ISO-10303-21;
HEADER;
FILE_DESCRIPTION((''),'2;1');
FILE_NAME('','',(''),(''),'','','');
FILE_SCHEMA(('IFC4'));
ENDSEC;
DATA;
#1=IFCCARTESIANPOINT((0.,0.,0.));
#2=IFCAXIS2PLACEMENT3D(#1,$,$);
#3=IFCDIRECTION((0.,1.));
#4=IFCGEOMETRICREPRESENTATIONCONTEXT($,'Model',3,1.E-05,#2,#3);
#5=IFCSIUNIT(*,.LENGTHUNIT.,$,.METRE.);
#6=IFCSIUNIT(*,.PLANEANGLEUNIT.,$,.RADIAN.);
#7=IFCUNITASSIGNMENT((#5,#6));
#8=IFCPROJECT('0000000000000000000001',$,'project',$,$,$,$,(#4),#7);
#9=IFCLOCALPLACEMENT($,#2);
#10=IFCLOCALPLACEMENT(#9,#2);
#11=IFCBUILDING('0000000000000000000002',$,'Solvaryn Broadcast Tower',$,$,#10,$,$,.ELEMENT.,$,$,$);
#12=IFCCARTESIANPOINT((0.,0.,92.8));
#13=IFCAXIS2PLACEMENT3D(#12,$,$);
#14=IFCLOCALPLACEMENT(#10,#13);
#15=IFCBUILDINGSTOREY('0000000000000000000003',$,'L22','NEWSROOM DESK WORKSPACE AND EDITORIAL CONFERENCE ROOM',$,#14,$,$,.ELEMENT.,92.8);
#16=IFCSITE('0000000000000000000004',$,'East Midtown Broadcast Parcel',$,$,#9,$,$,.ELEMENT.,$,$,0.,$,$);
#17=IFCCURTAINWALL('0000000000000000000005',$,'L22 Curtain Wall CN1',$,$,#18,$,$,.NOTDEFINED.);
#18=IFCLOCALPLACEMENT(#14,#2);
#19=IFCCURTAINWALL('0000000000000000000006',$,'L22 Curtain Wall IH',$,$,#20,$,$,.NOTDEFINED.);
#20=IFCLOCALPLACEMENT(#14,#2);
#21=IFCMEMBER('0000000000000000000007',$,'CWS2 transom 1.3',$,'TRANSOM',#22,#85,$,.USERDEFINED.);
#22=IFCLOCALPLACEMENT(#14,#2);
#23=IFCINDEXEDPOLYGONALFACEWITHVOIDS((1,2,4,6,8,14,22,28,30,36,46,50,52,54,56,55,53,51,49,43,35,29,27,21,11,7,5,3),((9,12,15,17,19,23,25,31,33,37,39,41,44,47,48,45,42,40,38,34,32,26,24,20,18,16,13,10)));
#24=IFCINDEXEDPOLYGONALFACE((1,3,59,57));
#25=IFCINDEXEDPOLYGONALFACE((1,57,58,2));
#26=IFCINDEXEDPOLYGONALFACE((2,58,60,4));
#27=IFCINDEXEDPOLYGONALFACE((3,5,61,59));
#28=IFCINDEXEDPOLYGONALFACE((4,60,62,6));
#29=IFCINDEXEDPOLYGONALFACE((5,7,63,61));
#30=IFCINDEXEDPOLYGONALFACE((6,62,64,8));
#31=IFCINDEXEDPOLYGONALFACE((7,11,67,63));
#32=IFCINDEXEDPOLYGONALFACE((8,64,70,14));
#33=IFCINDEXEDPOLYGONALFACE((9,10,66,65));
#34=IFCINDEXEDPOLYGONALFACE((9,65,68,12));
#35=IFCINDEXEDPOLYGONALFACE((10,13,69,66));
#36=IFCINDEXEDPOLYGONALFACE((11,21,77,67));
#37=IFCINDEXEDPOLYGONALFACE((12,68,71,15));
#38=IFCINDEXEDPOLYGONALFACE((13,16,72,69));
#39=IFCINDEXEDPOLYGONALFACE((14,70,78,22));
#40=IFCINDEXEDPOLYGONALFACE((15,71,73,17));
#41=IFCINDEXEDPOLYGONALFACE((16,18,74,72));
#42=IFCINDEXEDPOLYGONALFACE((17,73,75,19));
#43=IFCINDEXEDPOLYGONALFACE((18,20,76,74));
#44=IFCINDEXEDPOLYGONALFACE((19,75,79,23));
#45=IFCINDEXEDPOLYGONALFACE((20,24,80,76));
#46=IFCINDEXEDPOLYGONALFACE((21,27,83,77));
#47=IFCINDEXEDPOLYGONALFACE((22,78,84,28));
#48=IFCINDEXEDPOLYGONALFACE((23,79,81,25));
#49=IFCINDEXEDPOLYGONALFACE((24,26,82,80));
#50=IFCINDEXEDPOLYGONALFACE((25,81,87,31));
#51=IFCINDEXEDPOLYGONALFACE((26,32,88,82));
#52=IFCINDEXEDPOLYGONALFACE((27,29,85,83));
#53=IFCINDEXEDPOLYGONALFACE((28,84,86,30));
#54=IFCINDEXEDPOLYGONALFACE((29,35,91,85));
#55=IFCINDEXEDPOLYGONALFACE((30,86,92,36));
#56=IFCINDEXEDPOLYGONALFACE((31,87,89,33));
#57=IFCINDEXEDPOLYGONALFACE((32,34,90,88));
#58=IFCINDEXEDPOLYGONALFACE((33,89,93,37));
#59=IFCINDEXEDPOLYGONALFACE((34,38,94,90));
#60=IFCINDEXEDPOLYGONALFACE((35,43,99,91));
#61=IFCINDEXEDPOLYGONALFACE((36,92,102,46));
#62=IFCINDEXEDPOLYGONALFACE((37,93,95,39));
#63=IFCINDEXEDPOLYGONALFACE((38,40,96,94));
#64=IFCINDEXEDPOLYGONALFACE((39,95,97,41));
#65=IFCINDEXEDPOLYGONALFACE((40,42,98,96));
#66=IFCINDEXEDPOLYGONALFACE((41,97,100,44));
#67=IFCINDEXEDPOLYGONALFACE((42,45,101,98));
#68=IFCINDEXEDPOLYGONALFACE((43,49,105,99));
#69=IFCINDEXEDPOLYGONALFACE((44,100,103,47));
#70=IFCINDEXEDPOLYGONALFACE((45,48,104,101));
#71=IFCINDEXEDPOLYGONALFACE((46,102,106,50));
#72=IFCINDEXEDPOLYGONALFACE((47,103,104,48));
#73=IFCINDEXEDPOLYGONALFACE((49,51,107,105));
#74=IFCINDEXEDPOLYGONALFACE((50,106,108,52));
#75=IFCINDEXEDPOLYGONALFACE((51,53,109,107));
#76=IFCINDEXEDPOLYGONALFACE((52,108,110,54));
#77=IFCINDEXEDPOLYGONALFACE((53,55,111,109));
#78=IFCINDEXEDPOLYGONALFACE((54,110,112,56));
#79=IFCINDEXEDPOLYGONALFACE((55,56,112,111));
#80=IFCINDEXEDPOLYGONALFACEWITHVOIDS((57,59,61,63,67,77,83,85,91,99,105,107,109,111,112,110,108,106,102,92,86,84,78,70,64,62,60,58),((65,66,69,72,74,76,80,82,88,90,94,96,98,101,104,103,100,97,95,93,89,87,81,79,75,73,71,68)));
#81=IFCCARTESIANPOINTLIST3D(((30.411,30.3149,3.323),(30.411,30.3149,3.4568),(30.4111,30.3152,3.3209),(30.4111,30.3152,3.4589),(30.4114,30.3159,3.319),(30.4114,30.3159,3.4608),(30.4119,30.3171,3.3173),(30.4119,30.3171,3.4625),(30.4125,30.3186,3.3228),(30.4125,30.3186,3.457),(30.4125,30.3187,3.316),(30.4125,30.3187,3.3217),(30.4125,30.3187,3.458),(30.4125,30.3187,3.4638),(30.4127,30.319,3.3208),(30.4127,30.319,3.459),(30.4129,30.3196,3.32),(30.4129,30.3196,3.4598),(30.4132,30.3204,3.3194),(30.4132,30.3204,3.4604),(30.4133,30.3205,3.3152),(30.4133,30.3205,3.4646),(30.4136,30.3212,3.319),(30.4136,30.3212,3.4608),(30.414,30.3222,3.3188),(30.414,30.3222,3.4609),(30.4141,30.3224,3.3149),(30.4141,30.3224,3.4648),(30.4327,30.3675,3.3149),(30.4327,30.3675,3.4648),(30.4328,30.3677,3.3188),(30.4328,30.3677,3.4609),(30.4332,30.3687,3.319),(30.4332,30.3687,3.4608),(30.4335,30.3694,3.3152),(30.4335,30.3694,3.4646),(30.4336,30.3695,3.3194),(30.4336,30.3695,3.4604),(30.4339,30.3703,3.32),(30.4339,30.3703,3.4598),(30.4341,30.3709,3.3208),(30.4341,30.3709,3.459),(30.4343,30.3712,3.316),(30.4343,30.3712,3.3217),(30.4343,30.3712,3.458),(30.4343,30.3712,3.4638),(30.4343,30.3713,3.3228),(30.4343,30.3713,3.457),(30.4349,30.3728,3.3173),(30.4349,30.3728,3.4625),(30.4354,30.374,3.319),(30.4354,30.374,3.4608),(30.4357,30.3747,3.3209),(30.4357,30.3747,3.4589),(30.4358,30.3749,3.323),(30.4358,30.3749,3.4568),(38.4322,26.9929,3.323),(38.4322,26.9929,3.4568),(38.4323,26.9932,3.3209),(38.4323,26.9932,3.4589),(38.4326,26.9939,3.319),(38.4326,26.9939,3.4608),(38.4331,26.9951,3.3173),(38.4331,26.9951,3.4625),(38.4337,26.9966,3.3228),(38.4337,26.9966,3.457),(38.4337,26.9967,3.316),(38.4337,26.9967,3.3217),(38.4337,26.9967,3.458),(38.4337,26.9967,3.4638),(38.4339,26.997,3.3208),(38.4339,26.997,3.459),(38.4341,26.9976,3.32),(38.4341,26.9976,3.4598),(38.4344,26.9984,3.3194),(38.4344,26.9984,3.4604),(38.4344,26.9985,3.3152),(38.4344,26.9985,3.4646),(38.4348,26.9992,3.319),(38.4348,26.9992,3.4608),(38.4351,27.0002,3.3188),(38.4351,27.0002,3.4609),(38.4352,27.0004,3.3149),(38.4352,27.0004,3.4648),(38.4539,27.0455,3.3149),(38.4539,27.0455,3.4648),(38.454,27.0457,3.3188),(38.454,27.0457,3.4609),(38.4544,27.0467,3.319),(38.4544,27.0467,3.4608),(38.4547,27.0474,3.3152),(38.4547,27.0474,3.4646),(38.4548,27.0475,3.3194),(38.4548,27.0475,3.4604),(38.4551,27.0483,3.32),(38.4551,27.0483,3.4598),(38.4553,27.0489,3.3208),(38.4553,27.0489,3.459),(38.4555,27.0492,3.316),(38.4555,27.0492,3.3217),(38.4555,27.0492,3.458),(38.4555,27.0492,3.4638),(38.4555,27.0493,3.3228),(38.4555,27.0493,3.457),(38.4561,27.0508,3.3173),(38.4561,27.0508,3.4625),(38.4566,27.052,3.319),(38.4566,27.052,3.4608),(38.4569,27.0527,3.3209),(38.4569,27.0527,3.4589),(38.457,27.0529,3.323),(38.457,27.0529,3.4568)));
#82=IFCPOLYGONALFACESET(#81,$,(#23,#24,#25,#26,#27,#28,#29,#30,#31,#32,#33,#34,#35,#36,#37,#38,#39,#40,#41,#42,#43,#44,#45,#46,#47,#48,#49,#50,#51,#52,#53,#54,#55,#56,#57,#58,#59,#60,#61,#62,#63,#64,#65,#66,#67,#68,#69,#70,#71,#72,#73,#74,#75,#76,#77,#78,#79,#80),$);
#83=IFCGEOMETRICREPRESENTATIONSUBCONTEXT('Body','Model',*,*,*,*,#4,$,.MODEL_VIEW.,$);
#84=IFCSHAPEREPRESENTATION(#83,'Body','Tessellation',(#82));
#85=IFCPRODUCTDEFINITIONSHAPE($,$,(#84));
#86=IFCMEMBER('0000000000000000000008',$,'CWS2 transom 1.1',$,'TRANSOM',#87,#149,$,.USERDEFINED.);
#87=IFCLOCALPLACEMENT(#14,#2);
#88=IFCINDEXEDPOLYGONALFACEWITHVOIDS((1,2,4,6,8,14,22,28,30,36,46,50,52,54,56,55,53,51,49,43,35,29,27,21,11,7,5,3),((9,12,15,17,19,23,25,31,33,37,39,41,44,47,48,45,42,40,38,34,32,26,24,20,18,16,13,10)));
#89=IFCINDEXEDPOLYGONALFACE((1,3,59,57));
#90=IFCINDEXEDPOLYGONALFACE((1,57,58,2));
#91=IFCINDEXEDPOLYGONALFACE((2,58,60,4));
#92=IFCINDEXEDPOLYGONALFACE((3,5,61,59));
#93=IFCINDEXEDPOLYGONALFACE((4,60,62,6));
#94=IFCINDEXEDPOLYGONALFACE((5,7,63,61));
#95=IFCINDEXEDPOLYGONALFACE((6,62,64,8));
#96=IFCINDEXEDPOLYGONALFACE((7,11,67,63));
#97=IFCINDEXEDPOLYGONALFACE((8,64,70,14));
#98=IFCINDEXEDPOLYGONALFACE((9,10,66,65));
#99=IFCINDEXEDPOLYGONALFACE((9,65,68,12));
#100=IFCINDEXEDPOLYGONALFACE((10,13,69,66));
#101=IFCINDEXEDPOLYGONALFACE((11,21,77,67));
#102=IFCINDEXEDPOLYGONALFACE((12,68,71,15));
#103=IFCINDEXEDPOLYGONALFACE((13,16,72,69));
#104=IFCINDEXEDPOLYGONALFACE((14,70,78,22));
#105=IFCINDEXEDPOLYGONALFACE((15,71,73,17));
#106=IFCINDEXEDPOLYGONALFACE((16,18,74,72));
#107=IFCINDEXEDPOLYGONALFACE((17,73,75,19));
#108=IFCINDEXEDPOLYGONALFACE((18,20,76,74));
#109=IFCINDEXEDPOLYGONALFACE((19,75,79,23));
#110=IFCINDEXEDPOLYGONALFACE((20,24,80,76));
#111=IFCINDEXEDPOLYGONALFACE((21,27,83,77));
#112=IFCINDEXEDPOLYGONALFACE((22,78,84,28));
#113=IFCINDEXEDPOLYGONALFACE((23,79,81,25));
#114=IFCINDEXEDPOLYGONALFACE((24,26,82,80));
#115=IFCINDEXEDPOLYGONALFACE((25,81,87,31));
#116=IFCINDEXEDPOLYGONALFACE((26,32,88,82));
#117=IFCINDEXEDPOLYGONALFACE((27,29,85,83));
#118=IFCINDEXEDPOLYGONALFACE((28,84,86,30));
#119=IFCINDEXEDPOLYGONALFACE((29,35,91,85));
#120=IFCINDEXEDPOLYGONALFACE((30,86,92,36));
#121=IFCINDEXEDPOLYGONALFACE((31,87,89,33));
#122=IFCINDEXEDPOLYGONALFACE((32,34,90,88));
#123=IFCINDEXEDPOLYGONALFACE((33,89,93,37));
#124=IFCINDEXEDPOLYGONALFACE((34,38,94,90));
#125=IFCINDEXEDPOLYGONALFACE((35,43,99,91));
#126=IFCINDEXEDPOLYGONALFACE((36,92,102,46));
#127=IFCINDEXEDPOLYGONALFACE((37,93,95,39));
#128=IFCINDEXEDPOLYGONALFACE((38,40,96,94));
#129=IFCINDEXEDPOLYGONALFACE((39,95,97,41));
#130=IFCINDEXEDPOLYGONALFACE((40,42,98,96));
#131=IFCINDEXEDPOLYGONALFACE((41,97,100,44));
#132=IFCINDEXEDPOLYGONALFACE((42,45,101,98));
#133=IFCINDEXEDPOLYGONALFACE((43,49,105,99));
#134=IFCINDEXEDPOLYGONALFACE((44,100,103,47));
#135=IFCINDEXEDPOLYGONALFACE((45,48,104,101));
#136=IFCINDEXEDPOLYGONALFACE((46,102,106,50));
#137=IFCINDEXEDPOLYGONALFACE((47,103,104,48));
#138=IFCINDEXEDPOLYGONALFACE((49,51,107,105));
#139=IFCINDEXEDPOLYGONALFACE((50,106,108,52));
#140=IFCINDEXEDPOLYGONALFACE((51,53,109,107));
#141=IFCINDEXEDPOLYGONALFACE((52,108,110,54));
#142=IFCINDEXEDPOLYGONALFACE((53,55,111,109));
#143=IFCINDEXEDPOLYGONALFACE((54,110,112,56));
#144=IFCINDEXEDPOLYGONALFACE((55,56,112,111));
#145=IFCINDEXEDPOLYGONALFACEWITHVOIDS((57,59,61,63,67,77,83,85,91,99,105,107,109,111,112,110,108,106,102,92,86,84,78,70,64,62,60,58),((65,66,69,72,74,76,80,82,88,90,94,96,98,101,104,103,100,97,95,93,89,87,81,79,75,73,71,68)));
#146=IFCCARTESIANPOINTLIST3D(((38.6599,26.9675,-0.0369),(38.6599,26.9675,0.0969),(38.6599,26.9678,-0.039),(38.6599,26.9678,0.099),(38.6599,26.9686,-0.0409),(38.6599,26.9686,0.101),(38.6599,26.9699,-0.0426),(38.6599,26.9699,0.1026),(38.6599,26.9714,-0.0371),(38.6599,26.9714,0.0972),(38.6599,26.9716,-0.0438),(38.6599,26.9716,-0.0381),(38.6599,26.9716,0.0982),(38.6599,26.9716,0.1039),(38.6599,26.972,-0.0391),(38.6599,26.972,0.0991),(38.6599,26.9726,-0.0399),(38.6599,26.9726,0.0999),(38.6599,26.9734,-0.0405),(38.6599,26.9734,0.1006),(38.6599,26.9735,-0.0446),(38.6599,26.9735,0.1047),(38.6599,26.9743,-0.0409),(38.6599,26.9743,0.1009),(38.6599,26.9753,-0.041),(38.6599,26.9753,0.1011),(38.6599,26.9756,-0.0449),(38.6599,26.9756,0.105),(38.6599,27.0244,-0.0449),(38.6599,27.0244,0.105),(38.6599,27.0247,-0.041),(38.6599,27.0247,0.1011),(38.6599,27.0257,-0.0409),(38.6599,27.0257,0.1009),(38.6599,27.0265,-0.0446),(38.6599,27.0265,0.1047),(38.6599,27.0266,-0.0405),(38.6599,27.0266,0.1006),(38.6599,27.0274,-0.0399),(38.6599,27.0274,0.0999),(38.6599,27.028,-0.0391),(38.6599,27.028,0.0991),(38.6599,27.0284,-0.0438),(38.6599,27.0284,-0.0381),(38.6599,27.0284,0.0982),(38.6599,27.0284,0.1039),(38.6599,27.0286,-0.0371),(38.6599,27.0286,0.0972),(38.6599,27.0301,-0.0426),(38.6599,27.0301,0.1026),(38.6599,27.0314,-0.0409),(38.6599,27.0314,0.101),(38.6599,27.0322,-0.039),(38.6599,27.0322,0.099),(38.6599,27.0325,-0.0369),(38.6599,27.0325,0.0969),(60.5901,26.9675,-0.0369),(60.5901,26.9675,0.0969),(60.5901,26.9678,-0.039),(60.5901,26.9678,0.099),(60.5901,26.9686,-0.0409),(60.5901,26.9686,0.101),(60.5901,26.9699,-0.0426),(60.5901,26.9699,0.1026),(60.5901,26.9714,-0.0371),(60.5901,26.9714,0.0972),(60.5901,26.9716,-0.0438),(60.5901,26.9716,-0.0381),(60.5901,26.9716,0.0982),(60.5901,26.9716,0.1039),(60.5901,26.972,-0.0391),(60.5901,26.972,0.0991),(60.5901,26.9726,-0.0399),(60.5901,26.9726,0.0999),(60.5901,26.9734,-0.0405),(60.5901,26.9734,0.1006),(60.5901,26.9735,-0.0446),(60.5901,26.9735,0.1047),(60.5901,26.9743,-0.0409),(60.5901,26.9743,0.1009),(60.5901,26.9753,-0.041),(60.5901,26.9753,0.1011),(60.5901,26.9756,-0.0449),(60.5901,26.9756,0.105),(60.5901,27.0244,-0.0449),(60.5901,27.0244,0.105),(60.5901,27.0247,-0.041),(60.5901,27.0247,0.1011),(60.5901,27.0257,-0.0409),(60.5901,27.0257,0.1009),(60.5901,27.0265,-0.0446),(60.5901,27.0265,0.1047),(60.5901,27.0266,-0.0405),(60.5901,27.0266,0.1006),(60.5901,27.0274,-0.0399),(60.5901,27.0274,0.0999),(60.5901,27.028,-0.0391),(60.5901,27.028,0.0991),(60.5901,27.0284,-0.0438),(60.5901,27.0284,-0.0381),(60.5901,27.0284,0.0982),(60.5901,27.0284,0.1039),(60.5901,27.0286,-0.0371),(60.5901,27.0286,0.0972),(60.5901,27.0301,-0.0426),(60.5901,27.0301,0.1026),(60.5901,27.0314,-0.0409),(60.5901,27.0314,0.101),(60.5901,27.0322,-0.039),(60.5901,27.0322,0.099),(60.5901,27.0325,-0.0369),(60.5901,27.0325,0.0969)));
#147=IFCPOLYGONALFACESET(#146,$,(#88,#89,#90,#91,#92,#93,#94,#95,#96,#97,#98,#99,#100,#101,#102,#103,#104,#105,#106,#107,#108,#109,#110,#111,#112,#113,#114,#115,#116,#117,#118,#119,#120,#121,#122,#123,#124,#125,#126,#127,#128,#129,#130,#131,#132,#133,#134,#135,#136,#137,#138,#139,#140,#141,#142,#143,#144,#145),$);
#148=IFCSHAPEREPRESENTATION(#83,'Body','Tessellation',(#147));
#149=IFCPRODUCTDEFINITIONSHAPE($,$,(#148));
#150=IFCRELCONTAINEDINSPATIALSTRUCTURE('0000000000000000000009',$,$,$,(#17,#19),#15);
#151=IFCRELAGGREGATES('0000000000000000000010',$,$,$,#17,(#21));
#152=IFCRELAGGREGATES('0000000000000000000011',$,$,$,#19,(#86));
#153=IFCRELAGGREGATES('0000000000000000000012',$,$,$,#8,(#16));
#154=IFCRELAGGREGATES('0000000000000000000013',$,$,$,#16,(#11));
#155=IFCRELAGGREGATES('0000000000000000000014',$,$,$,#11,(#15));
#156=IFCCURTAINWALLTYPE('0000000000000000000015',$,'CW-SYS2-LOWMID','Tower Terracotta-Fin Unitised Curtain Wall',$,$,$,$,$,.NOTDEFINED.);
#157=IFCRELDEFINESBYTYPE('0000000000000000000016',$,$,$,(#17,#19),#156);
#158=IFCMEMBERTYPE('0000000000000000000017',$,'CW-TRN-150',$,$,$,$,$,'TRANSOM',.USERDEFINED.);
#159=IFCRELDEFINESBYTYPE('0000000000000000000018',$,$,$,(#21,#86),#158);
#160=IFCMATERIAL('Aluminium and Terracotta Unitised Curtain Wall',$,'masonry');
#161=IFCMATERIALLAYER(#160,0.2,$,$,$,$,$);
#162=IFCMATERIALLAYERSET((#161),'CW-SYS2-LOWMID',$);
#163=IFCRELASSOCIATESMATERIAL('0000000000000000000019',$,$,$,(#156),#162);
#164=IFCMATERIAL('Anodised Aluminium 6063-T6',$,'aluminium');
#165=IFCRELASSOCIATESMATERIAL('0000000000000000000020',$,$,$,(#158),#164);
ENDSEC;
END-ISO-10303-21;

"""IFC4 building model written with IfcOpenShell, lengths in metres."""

from ifc_helpers import new_model, si_unit, direction, frame, origin, origin_2d, place, context, subcontext, project, spatial, hollow_rectangle, extrude, material, layer, layer_set, material_profile, profile_set, type_object, element, aggregate, save


model = new_model("IFC4")

# Units and contexts
model_context = context("Model", 3, precision=1e-05, world=origin(), true_north=direction((0.0, 1.0)))
body_context = subcontext(model_context, "Body", "Model", "MODEL_VIEW")
ifc_project = project(units=[si_unit("LENGTHUNIT", "METRE"), si_unit("PLANEANGLEUNIT", "RADIAN")], contexts=[model_context])

# Site, building, storey
site_placement = place(None, origin())
site = spatial("IfcSite", under=ifc_project, at=site_placement, Name="East Midtown Broadcast Parcel", CompositionType="ELEMENT", RefElevation=0.0)
building_placement = place(site_placement, origin())
building = spatial("IfcBuilding", under=site, at=building_placement, Name="Solvaryn Broadcast Tower", CompositionType="ELEMENT")
storey_placement = place(building_placement, frame((0.0, 0.0, 92.8)))
storey = spatial("IfcBuildingStorey", under=building, at=storey_placement, Name="L22", Description="NEWSROOM DESK WORKSPACE AND EDITORIAL CONFERENCE ROOM", CompositionType="ELEMENT", Elevation=92.8)

# Curtain walls
ifc_material_1 = material(Name="Aluminium and Terracotta Unitised Curtain Wall", Category="masonry")
ifc_layer_1 = layer(ifc_material_1, 0.2)
ifc_layer_set_1 = layer_set([ifc_layer_1], Name="CW-SYS2-LOWMID")
curtain_wall_type = type_object("IfcCurtainWallType", Name="CW-SYS2-LOWMID", Description="Tower Terracotta-Fin Unitised Curtain Wall", PredefinedType="NOTDEFINED", material=ifc_layer_set_1)
curtain_wall_1_placement = place(storey_placement, origin())
curtain_wall_1 = element("IfcCurtainWall", 1, at=curtain_wall_1_placement, inside=storey, type_object=curtain_wall_type, Name="L22 Curtain Wall CN1", PredefinedType="NOTDEFINED")
curtain_wall_2_placement = place(storey_placement, origin())
curtain_wall_2 = element("IfcCurtainWall", 2, at=curtain_wall_2_placement, inside=storey, type_object=curtain_wall_type, Name="L22 Curtain Wall IH", PredefinedType="NOTDEFINED")

# Members
ifc_material_2 = material(Name="Anodised Aluminium 6063-T6", Category="aluminium")
ifc_material_profile_1 = material_profile(ifc_material_2, hollow_rectangle(XDim=0.0649, YDim=0.1499, WallThickness=0.0039, InnerFilletRadius=0.0039, OuterFilletRadius=0.0081, at=origin_2d()))
ifc_profile_set_1 = profile_set([ifc_material_profile_1], Name="Anodised Aluminium 6063-T6")
member_type_1 = type_object("IfcMemberType", Name="CW-TRN-150", ElementType="TRANSOM", PredefinedType="USERDEFINED", material=ifc_profile_set_1)
member_1_placement = place(storey_placement, frame((38.4446, 27.0229, 3.3899), z_axis=(-0.923899, 0.382636, 0.0), x_axis=(-0.382636, -0.923899, 0.0)))
member_1 = element("IfcMember", 3, at=member_1_placement, type_object=member_type_1, Name="CWS2 transom 1.3", ObjectType="TRANSOM", PredefinedType="USERDEFINED", context=body_context, shape_type="SweptSolid", body=[
    extrude(hollow_rectangle(XDim=0.0649, YDim=0.1499, WallThickness=0.0039, InnerFilletRadius=0.0039, OuterFilletRadius=0.0081, at=origin_2d()), origin(), (0.0, 0.0, 1.0), 8.6819),
])
aggregate(curtain_wall_1, [member_1])
member_2_placement = place(storey_placement, frame((38.6599, 27.0, 0.03), z_axis=(1.0, 0.0, 0.0), x_axis=(0.0, 1.0, 0.0)))
member_2 = element("IfcMember", 4, at=member_2_placement, type_object=member_type_1, Name="CWS2 transom 1.1", ObjectType="TRANSOM", PredefinedType="USERDEFINED", context=body_context, shape_type="SweptSolid", body=[
    extrude(hollow_rectangle(XDim=0.0649, YDim=0.1499, WallThickness=0.0039, InnerFilletRadius=0.0039, OuterFilletRadius=0.0081, at=origin_2d()), origin(), (0.0, 0.0, 1.0), 21.9302),
])
aggregate(curtain_wall_2, [member_2])

save(model, "model.ifc")
